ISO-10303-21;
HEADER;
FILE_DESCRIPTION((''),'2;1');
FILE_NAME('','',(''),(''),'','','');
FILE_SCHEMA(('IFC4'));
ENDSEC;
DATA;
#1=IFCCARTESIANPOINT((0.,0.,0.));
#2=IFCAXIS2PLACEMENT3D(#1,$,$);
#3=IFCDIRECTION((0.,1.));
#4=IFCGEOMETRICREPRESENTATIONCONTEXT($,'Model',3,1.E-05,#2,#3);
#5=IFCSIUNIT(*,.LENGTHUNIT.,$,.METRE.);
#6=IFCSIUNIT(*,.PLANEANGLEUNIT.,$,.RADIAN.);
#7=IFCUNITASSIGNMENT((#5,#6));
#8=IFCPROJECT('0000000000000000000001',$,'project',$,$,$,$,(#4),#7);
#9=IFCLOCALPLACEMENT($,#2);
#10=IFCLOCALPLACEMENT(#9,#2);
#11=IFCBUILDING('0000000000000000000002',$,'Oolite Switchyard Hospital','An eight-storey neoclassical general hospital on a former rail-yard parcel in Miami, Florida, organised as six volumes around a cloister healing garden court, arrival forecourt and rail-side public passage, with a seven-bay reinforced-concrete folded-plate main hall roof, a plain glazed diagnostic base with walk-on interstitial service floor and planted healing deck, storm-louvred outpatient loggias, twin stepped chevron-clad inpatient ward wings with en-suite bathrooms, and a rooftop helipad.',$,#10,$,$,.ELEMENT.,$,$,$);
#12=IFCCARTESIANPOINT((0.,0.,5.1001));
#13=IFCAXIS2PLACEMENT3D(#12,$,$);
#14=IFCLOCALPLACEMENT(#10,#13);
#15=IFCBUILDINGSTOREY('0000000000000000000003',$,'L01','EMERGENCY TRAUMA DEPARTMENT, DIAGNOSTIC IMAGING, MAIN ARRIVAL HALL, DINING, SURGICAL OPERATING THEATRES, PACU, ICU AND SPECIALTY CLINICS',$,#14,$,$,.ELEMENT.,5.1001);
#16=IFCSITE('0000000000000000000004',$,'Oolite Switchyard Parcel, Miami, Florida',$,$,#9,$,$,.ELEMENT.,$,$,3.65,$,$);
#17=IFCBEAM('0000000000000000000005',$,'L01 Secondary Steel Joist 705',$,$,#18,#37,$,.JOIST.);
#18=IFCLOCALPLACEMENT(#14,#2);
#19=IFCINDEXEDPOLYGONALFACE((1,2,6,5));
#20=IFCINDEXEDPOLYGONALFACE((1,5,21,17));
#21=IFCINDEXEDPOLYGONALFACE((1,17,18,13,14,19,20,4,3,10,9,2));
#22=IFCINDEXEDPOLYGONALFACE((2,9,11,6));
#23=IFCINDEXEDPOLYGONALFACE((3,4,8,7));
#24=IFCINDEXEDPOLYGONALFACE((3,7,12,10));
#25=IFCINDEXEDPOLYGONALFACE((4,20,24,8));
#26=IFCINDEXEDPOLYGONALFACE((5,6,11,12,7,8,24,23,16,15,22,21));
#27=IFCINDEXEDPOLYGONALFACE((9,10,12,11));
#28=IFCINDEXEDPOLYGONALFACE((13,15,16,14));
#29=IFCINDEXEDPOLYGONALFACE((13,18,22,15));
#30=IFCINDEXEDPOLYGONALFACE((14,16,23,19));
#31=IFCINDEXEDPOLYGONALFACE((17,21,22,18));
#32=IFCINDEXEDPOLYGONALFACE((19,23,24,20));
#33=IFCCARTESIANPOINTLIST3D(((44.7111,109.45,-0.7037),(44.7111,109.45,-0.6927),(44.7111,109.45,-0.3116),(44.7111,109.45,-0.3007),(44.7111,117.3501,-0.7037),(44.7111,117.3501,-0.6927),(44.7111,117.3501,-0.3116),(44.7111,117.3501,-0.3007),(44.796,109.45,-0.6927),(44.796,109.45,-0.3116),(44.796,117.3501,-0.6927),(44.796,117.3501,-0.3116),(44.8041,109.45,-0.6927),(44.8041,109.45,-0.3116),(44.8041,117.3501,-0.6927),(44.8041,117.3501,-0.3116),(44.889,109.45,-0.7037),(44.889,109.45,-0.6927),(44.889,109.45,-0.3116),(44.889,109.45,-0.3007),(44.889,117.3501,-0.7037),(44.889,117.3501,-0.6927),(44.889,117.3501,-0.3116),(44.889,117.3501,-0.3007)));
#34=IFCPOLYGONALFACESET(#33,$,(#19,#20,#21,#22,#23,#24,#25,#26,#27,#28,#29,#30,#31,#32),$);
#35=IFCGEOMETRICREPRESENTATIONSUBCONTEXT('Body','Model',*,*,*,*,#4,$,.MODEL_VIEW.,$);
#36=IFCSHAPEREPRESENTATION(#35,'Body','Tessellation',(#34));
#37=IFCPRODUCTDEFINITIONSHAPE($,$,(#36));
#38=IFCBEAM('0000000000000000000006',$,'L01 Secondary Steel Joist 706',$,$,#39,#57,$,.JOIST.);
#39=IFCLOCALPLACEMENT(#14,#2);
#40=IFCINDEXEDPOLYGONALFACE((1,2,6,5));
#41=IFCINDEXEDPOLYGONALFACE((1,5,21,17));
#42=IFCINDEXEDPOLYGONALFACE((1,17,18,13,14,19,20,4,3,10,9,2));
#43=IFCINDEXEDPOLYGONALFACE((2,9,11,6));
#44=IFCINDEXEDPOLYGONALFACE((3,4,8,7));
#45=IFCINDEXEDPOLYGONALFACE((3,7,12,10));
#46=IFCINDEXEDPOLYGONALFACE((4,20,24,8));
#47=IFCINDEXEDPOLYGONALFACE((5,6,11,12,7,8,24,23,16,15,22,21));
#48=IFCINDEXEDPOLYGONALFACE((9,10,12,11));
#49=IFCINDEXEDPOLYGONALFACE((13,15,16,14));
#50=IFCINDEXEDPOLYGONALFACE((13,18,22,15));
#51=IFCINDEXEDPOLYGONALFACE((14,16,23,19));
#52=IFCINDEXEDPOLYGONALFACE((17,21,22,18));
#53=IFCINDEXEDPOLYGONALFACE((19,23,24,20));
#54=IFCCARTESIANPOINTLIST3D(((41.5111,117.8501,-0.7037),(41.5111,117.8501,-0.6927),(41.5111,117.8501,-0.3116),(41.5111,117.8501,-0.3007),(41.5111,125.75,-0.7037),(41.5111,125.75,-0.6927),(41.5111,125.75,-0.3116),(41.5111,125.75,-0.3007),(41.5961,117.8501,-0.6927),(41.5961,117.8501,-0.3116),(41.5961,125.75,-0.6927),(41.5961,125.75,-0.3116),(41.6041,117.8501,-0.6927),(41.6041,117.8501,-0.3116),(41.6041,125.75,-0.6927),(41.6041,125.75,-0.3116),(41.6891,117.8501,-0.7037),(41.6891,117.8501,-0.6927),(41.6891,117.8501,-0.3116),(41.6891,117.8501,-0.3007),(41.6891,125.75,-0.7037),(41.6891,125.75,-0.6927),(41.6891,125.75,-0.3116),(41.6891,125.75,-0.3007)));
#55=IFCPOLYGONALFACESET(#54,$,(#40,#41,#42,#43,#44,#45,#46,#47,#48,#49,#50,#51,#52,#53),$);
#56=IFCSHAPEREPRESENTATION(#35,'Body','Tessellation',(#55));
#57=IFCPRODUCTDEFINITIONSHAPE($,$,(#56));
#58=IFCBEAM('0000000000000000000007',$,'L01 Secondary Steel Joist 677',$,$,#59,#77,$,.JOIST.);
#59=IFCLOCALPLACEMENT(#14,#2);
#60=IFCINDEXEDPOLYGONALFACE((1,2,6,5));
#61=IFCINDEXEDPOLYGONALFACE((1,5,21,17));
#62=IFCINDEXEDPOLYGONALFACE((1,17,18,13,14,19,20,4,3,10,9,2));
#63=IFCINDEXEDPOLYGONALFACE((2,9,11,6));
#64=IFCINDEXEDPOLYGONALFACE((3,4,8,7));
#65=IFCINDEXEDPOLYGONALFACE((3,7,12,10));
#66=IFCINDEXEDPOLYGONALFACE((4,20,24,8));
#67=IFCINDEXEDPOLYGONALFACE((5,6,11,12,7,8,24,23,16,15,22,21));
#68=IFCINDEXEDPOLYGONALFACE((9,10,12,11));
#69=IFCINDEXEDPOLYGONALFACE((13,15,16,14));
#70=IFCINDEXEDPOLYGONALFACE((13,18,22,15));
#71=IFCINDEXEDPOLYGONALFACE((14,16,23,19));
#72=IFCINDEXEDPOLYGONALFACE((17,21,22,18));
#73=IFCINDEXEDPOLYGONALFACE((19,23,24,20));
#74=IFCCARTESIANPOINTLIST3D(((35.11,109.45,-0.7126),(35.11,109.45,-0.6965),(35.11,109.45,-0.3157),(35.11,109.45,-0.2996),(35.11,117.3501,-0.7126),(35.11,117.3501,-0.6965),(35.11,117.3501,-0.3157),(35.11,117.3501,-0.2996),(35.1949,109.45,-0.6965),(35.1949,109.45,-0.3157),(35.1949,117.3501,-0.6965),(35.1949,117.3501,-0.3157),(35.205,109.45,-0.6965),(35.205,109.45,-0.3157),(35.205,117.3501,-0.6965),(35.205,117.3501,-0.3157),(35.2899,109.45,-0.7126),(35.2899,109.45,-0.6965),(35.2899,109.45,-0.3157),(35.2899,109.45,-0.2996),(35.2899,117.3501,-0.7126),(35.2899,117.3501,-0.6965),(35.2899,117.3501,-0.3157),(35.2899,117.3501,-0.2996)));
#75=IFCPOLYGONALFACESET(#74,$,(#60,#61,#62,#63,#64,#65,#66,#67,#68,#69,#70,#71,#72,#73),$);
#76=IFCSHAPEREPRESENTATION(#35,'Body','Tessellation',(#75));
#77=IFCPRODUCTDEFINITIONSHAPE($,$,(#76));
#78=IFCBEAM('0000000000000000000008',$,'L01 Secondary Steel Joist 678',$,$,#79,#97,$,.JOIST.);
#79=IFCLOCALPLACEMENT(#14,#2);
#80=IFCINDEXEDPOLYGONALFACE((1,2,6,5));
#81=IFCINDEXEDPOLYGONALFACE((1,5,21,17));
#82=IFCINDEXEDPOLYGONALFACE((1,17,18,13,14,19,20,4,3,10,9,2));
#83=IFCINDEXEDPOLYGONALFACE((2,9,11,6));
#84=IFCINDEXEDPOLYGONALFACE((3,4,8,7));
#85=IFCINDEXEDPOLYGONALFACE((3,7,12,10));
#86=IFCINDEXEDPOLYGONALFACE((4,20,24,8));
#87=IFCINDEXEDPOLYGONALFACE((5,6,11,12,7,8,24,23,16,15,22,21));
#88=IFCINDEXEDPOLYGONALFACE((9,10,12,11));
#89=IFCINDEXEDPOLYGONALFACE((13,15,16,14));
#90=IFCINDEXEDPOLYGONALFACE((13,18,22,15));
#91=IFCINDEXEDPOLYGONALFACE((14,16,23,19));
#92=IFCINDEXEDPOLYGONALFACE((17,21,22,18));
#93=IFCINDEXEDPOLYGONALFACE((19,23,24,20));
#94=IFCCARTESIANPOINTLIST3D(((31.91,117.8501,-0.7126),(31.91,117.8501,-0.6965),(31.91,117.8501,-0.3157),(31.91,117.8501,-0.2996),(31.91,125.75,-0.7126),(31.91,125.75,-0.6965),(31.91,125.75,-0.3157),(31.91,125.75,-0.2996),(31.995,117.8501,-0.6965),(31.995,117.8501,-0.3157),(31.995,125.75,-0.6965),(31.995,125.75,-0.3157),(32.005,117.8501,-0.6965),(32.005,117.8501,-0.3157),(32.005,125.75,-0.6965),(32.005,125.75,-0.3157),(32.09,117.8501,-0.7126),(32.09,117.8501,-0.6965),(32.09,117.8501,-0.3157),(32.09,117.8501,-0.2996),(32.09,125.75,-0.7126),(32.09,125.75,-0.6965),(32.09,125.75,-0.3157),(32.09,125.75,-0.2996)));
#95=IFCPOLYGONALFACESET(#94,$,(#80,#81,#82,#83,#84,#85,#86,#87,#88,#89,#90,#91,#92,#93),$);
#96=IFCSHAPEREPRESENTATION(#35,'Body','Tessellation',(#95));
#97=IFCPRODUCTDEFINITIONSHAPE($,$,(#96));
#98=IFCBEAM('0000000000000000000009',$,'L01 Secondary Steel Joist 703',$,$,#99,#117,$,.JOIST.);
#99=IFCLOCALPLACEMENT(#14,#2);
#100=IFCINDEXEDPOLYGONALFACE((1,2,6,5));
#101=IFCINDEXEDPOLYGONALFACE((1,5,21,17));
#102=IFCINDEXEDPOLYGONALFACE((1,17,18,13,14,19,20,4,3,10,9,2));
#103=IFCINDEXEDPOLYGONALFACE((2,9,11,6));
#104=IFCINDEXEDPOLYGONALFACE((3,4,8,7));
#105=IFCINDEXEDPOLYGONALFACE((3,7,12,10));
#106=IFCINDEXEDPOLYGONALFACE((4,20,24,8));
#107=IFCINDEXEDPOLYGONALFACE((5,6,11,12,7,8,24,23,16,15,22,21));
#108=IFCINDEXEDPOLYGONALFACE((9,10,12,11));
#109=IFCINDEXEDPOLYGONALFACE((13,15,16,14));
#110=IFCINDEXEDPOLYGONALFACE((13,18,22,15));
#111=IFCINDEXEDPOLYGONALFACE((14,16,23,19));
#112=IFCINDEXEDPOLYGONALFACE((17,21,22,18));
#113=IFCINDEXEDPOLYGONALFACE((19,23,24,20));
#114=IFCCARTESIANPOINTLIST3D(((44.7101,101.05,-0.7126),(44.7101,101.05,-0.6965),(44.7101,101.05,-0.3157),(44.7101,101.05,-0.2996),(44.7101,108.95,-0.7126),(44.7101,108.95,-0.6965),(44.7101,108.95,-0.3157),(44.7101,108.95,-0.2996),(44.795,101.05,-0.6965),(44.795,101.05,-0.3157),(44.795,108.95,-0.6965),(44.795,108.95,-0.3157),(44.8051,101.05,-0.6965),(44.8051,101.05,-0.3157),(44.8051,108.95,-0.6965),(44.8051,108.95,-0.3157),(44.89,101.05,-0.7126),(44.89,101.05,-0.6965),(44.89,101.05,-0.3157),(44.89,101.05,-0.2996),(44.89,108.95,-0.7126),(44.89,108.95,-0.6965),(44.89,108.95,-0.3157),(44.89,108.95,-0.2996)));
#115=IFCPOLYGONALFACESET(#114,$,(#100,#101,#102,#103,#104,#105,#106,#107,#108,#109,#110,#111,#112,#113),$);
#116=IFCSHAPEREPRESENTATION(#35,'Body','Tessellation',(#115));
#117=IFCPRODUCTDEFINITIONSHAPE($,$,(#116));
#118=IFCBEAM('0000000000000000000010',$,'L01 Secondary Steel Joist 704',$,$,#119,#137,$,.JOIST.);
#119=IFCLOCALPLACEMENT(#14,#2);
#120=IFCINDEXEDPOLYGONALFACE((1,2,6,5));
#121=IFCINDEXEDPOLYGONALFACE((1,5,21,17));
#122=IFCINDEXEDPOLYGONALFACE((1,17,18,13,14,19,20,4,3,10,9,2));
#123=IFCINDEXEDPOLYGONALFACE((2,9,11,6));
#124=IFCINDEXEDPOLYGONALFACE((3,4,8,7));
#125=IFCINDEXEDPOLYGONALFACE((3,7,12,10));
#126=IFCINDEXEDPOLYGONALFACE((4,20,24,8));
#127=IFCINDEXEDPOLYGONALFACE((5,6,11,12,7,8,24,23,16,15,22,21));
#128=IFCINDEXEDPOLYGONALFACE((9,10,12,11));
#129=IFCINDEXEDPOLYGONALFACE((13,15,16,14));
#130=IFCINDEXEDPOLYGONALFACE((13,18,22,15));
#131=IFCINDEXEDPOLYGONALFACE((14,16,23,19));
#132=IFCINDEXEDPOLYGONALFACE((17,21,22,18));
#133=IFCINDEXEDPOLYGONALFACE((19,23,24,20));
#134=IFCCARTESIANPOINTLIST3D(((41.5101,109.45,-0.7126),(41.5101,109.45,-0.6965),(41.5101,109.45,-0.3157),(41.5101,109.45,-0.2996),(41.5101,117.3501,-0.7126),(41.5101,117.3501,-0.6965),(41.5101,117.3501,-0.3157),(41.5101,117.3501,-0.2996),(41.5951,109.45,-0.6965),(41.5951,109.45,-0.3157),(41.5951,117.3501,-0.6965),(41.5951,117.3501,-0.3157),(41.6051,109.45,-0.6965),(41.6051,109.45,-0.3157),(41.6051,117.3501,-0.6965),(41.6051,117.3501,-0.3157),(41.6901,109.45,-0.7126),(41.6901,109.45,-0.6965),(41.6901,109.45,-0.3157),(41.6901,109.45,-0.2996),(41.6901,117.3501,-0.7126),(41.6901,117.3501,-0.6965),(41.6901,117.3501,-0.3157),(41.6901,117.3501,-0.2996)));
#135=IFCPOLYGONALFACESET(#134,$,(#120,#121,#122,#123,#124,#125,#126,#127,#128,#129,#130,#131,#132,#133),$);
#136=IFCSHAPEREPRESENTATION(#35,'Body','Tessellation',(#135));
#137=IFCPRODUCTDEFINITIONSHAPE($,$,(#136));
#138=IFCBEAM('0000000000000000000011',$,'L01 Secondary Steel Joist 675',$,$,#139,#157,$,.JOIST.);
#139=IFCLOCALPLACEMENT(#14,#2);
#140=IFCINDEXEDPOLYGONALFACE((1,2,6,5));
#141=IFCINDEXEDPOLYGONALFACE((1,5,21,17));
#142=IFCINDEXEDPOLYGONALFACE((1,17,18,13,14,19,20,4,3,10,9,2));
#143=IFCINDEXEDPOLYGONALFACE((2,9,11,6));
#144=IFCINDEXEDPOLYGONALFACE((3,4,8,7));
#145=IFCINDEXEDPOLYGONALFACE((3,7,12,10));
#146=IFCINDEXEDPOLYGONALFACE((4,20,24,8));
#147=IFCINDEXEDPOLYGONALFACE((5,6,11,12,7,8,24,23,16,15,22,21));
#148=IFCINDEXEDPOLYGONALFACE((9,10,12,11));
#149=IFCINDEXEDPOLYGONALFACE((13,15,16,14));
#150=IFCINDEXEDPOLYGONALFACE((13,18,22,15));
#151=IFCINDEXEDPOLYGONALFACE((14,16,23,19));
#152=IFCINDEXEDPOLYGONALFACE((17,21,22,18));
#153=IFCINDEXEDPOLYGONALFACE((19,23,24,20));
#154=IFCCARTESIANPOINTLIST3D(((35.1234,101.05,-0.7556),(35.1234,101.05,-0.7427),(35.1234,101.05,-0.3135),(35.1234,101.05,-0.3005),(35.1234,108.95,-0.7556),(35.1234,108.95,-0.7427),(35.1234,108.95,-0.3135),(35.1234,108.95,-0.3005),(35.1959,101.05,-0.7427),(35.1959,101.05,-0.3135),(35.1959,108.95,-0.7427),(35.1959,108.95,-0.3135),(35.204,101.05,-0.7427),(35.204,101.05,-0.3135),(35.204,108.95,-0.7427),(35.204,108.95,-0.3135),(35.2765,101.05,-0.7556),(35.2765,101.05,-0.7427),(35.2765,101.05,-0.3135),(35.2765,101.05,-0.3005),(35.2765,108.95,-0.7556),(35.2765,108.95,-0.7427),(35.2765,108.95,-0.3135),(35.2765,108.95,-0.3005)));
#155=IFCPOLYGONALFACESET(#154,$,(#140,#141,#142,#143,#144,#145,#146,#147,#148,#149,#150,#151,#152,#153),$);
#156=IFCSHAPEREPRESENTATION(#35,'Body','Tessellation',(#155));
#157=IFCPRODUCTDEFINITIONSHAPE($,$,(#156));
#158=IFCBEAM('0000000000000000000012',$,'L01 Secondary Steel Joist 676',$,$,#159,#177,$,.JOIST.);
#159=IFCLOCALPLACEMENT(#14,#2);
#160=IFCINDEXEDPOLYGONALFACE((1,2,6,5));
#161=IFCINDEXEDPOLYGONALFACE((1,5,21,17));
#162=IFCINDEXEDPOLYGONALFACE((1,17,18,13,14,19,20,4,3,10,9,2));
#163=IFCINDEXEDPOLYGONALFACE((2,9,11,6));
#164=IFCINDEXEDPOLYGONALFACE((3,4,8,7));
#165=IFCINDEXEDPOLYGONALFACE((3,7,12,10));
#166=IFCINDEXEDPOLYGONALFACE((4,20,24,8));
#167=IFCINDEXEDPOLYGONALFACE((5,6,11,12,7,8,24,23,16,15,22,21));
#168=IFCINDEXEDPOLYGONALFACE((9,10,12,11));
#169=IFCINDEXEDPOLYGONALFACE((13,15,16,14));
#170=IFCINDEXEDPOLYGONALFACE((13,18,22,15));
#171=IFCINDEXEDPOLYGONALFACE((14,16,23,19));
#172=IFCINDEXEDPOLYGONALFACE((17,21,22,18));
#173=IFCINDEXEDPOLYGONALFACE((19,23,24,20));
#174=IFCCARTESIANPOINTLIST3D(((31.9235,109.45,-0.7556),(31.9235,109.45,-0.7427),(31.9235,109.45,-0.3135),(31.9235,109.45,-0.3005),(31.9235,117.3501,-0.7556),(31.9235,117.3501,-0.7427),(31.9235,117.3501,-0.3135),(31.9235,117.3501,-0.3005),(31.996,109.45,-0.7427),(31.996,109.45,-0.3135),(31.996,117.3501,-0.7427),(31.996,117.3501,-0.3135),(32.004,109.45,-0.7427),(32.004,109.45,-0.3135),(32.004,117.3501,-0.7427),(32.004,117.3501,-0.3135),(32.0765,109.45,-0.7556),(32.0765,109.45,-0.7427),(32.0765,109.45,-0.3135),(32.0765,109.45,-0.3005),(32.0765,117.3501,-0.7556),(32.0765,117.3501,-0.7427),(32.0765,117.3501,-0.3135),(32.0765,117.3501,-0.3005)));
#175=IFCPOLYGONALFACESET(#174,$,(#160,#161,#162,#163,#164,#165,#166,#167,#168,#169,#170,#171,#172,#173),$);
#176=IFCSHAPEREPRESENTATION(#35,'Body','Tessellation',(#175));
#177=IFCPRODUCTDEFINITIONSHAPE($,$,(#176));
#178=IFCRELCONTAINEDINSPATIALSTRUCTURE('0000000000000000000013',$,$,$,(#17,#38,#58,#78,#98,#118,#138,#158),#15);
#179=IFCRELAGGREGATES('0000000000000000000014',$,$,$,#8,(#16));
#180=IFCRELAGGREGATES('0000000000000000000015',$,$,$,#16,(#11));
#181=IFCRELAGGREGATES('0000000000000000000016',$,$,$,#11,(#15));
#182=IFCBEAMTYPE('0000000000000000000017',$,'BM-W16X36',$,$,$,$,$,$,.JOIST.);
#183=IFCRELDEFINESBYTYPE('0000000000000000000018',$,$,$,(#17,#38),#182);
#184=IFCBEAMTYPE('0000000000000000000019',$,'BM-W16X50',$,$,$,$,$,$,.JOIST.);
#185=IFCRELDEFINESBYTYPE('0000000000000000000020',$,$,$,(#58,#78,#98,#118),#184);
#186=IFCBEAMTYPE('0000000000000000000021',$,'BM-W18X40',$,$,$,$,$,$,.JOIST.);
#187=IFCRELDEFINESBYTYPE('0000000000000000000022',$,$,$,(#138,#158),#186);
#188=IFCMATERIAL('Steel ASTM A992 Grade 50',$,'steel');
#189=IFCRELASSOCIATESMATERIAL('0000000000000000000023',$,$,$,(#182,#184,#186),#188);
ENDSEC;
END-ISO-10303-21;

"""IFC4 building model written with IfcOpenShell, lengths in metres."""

from ifc_helpers import new_model, si_unit, direction, frame, origin, origin_2d, place, context, subcontext, project, spatial, i_section, extrude, material, material_profile, profile_set, type_object, element, save


model = new_model("IFC4")

# Units and contexts
model_context = context("Model", 3, precision=1e-05, world=origin(), true_north=direction((0.0, 1.0)))
body_context = subcontext(model_context, "Body", "Model", "MODEL_VIEW")
ifc_project = project(units=[si_unit("LENGTHUNIT", "METRE"), si_unit("PLANEANGLEUNIT", "RADIAN")], contexts=[model_context])

# Site, building, storey
site_placement = place(None, origin())
site = spatial("IfcSite", under=ifc_project, at=site_placement, Name="Oolite Switchyard Parcel, Miami, Florida", CompositionType="ELEMENT", RefElevation=3.65)
building_placement = place(site_placement, origin())
building = spatial("IfcBuilding", under=site, at=building_placement, Name="Oolite Switchyard Hospital", Description="An eight-storey neoclassical general hospital on a former rail-yard parcel in Miami, Florida, organised as six volumes around a cloister healing garden court, arrival forecourt and rail-side public passage, with a seven-bay reinforced-concrete folded-plate main hall roof, a plain glazed diagnostic base with walk-on interstitial service floor and planted healing deck, storm-louvred outpatient loggias, twin stepped chevron-clad inpatient ward wings with en-suite bathrooms, and a rooftop helipad.", CompositionType="ELEMENT")
storey_placement = place(building_placement, frame((0.0, 0.0, 5.1001)))
storey = spatial("IfcBuildingStorey", under=building, at=storey_placement, Name="L01", Description="EMERGENCY TRAUMA DEPARTMENT, DIAGNOSTIC IMAGING, MAIN ARRIVAL HALL, DINING, SURGICAL OPERATING THEATRES, PACU, ICU AND SPECIALTY CLINICS", CompositionType="ELEMENT", Elevation=5.1001)

# Beams
ifc_material_1 = material(Name="Steel ASTM A992 Grade 50", Category="steel")
ifc_material_profile_1 = material_profile(ifc_material_1, i_section(OverallWidth=0.178, OverallDepth=0.4031, WebThickness=0.0081, FlangeThickness=0.011, at=origin_2d()), Name="W16X36")
ifc_profile_set_1 = profile_set([ifc_material_profile_1], Name="Steel ASTM A992 Grade 50")
beam_type_1 = type_object("IfcBeamType", Name="BM-W16X36", PredefinedType="JOIST", material=ifc_profile_set_1)
beam_1_placement = place(storey_placement, frame((44.8, 109.45, -0.5022), z_axis=(0.0, 1.0, 0.0), x_axis=(-1.0, 0.0, 0.0)))
element("IfcBeam", 1, at=beam_1_placement, inside=storey, type_object=beam_type_1, Name="L01 Secondary Steel Joist 705", PredefinedType="JOIST", context=body_context, shape_type="SweptSolid", body=[
    extrude(i_section(OverallWidth=0.178, OverallDepth=0.4031, WebThickness=0.0081, FlangeThickness=0.011, at=origin_2d()), origin(), (0.0, 0.0, 1.0), 7.9001),
])
beam_2_placement = place(storey_placement, frame((41.6001, 117.8501, -0.5022), z_axis=(0.0, 1.0, 0.0), x_axis=(-1.0, 0.0, 0.0)))
element("IfcBeam", 2, at=beam_2_placement, inside=storey, type_object=beam_type_1, Name="L01 Secondary Steel Joist 706", PredefinedType="JOIST", context=body_context, shape_type="SweptSolid", body=[
    extrude(i_section(OverallWidth=0.178, OverallDepth=0.4031, WebThickness=0.0081, FlangeThickness=0.011, at=origin_2d()), origin(), (0.0, 0.0, 1.0), 7.8999),
])
ifc_material_profile_2 = material_profile(ifc_material_1, i_section(OverallWidth=0.1799, OverallDepth=0.4131, WebThickness=0.01, FlangeThickness=0.0161, at=origin_2d()), Name="W16X50")
ifc_profile_set_2 = profile_set([ifc_material_profile_2], Name="Steel ASTM A992 Grade 50")
beam_type_2 = type_object("IfcBeamType", Name="BM-W16X50", PredefinedType="JOIST", material=ifc_profile_set_2)
beam_3_placement = place(storey_placement, frame((35.2, 109.45, -0.5061), z_axis=(0.0, 1.0, 0.0), x_axis=(-1.0, 0.0, 0.0)))
element("IfcBeam", 3, at=beam_3_placement, inside=storey, type_object=beam_type_2, Name="L01 Secondary Steel Joist 677", PredefinedType="JOIST", context=body_context, shape_type="SweptSolid", body=[
    extrude(i_section(OverallWidth=0.1799, OverallDepth=0.4131, WebThickness=0.01, FlangeThickness=0.0161, at=origin_2d()), origin(), (0.0, 0.0, 1.0), 7.9001),
])
for number, where, z_axis, x_axis, name in (
    (4, (32.0, 117.8501, -0.5061), (0.0, 1.0, 0.0), (-1.0, 0.0, 0.0), "L01 Secondary Steel Joist 678"),
    (5, (44.8, 101.05, -0.5061), (0.0, 1.0, 0.0), (-1.0, 0.0, 0.0), "L01 Secondary Steel Joist 703"),
):
    element("IfcBeam", number, at=place(storey_placement, frame(where, z_axis=z_axis, x_axis=x_axis)), inside=storey, type_object=beam_type_2, Name=name, PredefinedType="JOIST", context=body_context, shape_type="SweptSolid", body=[
        extrude(i_section(OverallWidth=0.1799, OverallDepth=0.4131, WebThickness=0.01, FlangeThickness=0.0161, at=origin_2d()), origin(), (0.0, 0.0, 1.0), 7.8999),
    ])
beam_4_placement = place(storey_placement, frame((41.6001, 109.45, -0.5061), z_axis=(0.0, 1.0, 0.0), x_axis=(-1.0, 0.0, 0.0)))
element("IfcBeam", 6, at=beam_4_placement, inside=storey, type_object=beam_type_2, Name="L01 Secondary Steel Joist 704", PredefinedType="JOIST", context=body_context, shape_type="SweptSolid", body=[
    extrude(i_section(OverallWidth=0.1799, OverallDepth=0.4131, WebThickness=0.01, FlangeThickness=0.0161, at=origin_2d()), origin(), (0.0, 0.0, 1.0), 7.9001),
])
ifc_material_profile_3 = material_profile(ifc_material_1, i_section(OverallWidth=0.1531, OverallDepth=0.4551, WebThickness=0.0081, FlangeThickness=0.0129, at=origin_2d()), Name="W18X40")
ifc_profile_set_3 = profile_set([ifc_material_profile_3], Name="Steel ASTM A992 Grade 50")
beam_type_3 = type_object("IfcBeamType", Name="BM-W18X40", PredefinedType="JOIST", material=ifc_profile_set_3)
beam_5_placement = place(storey_placement, frame((35.2, 101.05, -0.5281), z_axis=(0.0, 1.0, 0.0), x_axis=(-1.0, 0.0, 0.0)))
element("IfcBeam", 7, at=beam_5_placement, inside=storey, type_object=beam_type_3, Name="L01 Secondary Steel Joist 675", PredefinedType="JOIST", context=body_context, shape_type="SweptSolid", body=[
    extrude(i_section(OverallWidth=0.1531, OverallDepth=0.4551, WebThickness=0.0081, FlangeThickness=0.0129, at=origin_2d()), origin(), (0.0, 0.0, 1.0), 7.8999),
])
beam_6_placement = place(storey_placement, frame((32.0, 109.45, -0.5281), z_axis=(0.0, 1.0, 0.0), x_axis=(-1.0, 0.0, 0.0)))
element("IfcBeam", 8, at=beam_6_placement, inside=storey, type_object=beam_type_3, Name="L01 Secondary Steel Joist 676", PredefinedType="JOIST", context=body_context, shape_type="SweptSolid", body=[
    extrude(i_section(OverallWidth=0.1531, OverallDepth=0.4551, WebThickness=0.0081, FlangeThickness=0.0129, at=origin_2d()), origin(), (0.0, 0.0, 1.0), 7.9001),
])

save(model, "model.ifc")
